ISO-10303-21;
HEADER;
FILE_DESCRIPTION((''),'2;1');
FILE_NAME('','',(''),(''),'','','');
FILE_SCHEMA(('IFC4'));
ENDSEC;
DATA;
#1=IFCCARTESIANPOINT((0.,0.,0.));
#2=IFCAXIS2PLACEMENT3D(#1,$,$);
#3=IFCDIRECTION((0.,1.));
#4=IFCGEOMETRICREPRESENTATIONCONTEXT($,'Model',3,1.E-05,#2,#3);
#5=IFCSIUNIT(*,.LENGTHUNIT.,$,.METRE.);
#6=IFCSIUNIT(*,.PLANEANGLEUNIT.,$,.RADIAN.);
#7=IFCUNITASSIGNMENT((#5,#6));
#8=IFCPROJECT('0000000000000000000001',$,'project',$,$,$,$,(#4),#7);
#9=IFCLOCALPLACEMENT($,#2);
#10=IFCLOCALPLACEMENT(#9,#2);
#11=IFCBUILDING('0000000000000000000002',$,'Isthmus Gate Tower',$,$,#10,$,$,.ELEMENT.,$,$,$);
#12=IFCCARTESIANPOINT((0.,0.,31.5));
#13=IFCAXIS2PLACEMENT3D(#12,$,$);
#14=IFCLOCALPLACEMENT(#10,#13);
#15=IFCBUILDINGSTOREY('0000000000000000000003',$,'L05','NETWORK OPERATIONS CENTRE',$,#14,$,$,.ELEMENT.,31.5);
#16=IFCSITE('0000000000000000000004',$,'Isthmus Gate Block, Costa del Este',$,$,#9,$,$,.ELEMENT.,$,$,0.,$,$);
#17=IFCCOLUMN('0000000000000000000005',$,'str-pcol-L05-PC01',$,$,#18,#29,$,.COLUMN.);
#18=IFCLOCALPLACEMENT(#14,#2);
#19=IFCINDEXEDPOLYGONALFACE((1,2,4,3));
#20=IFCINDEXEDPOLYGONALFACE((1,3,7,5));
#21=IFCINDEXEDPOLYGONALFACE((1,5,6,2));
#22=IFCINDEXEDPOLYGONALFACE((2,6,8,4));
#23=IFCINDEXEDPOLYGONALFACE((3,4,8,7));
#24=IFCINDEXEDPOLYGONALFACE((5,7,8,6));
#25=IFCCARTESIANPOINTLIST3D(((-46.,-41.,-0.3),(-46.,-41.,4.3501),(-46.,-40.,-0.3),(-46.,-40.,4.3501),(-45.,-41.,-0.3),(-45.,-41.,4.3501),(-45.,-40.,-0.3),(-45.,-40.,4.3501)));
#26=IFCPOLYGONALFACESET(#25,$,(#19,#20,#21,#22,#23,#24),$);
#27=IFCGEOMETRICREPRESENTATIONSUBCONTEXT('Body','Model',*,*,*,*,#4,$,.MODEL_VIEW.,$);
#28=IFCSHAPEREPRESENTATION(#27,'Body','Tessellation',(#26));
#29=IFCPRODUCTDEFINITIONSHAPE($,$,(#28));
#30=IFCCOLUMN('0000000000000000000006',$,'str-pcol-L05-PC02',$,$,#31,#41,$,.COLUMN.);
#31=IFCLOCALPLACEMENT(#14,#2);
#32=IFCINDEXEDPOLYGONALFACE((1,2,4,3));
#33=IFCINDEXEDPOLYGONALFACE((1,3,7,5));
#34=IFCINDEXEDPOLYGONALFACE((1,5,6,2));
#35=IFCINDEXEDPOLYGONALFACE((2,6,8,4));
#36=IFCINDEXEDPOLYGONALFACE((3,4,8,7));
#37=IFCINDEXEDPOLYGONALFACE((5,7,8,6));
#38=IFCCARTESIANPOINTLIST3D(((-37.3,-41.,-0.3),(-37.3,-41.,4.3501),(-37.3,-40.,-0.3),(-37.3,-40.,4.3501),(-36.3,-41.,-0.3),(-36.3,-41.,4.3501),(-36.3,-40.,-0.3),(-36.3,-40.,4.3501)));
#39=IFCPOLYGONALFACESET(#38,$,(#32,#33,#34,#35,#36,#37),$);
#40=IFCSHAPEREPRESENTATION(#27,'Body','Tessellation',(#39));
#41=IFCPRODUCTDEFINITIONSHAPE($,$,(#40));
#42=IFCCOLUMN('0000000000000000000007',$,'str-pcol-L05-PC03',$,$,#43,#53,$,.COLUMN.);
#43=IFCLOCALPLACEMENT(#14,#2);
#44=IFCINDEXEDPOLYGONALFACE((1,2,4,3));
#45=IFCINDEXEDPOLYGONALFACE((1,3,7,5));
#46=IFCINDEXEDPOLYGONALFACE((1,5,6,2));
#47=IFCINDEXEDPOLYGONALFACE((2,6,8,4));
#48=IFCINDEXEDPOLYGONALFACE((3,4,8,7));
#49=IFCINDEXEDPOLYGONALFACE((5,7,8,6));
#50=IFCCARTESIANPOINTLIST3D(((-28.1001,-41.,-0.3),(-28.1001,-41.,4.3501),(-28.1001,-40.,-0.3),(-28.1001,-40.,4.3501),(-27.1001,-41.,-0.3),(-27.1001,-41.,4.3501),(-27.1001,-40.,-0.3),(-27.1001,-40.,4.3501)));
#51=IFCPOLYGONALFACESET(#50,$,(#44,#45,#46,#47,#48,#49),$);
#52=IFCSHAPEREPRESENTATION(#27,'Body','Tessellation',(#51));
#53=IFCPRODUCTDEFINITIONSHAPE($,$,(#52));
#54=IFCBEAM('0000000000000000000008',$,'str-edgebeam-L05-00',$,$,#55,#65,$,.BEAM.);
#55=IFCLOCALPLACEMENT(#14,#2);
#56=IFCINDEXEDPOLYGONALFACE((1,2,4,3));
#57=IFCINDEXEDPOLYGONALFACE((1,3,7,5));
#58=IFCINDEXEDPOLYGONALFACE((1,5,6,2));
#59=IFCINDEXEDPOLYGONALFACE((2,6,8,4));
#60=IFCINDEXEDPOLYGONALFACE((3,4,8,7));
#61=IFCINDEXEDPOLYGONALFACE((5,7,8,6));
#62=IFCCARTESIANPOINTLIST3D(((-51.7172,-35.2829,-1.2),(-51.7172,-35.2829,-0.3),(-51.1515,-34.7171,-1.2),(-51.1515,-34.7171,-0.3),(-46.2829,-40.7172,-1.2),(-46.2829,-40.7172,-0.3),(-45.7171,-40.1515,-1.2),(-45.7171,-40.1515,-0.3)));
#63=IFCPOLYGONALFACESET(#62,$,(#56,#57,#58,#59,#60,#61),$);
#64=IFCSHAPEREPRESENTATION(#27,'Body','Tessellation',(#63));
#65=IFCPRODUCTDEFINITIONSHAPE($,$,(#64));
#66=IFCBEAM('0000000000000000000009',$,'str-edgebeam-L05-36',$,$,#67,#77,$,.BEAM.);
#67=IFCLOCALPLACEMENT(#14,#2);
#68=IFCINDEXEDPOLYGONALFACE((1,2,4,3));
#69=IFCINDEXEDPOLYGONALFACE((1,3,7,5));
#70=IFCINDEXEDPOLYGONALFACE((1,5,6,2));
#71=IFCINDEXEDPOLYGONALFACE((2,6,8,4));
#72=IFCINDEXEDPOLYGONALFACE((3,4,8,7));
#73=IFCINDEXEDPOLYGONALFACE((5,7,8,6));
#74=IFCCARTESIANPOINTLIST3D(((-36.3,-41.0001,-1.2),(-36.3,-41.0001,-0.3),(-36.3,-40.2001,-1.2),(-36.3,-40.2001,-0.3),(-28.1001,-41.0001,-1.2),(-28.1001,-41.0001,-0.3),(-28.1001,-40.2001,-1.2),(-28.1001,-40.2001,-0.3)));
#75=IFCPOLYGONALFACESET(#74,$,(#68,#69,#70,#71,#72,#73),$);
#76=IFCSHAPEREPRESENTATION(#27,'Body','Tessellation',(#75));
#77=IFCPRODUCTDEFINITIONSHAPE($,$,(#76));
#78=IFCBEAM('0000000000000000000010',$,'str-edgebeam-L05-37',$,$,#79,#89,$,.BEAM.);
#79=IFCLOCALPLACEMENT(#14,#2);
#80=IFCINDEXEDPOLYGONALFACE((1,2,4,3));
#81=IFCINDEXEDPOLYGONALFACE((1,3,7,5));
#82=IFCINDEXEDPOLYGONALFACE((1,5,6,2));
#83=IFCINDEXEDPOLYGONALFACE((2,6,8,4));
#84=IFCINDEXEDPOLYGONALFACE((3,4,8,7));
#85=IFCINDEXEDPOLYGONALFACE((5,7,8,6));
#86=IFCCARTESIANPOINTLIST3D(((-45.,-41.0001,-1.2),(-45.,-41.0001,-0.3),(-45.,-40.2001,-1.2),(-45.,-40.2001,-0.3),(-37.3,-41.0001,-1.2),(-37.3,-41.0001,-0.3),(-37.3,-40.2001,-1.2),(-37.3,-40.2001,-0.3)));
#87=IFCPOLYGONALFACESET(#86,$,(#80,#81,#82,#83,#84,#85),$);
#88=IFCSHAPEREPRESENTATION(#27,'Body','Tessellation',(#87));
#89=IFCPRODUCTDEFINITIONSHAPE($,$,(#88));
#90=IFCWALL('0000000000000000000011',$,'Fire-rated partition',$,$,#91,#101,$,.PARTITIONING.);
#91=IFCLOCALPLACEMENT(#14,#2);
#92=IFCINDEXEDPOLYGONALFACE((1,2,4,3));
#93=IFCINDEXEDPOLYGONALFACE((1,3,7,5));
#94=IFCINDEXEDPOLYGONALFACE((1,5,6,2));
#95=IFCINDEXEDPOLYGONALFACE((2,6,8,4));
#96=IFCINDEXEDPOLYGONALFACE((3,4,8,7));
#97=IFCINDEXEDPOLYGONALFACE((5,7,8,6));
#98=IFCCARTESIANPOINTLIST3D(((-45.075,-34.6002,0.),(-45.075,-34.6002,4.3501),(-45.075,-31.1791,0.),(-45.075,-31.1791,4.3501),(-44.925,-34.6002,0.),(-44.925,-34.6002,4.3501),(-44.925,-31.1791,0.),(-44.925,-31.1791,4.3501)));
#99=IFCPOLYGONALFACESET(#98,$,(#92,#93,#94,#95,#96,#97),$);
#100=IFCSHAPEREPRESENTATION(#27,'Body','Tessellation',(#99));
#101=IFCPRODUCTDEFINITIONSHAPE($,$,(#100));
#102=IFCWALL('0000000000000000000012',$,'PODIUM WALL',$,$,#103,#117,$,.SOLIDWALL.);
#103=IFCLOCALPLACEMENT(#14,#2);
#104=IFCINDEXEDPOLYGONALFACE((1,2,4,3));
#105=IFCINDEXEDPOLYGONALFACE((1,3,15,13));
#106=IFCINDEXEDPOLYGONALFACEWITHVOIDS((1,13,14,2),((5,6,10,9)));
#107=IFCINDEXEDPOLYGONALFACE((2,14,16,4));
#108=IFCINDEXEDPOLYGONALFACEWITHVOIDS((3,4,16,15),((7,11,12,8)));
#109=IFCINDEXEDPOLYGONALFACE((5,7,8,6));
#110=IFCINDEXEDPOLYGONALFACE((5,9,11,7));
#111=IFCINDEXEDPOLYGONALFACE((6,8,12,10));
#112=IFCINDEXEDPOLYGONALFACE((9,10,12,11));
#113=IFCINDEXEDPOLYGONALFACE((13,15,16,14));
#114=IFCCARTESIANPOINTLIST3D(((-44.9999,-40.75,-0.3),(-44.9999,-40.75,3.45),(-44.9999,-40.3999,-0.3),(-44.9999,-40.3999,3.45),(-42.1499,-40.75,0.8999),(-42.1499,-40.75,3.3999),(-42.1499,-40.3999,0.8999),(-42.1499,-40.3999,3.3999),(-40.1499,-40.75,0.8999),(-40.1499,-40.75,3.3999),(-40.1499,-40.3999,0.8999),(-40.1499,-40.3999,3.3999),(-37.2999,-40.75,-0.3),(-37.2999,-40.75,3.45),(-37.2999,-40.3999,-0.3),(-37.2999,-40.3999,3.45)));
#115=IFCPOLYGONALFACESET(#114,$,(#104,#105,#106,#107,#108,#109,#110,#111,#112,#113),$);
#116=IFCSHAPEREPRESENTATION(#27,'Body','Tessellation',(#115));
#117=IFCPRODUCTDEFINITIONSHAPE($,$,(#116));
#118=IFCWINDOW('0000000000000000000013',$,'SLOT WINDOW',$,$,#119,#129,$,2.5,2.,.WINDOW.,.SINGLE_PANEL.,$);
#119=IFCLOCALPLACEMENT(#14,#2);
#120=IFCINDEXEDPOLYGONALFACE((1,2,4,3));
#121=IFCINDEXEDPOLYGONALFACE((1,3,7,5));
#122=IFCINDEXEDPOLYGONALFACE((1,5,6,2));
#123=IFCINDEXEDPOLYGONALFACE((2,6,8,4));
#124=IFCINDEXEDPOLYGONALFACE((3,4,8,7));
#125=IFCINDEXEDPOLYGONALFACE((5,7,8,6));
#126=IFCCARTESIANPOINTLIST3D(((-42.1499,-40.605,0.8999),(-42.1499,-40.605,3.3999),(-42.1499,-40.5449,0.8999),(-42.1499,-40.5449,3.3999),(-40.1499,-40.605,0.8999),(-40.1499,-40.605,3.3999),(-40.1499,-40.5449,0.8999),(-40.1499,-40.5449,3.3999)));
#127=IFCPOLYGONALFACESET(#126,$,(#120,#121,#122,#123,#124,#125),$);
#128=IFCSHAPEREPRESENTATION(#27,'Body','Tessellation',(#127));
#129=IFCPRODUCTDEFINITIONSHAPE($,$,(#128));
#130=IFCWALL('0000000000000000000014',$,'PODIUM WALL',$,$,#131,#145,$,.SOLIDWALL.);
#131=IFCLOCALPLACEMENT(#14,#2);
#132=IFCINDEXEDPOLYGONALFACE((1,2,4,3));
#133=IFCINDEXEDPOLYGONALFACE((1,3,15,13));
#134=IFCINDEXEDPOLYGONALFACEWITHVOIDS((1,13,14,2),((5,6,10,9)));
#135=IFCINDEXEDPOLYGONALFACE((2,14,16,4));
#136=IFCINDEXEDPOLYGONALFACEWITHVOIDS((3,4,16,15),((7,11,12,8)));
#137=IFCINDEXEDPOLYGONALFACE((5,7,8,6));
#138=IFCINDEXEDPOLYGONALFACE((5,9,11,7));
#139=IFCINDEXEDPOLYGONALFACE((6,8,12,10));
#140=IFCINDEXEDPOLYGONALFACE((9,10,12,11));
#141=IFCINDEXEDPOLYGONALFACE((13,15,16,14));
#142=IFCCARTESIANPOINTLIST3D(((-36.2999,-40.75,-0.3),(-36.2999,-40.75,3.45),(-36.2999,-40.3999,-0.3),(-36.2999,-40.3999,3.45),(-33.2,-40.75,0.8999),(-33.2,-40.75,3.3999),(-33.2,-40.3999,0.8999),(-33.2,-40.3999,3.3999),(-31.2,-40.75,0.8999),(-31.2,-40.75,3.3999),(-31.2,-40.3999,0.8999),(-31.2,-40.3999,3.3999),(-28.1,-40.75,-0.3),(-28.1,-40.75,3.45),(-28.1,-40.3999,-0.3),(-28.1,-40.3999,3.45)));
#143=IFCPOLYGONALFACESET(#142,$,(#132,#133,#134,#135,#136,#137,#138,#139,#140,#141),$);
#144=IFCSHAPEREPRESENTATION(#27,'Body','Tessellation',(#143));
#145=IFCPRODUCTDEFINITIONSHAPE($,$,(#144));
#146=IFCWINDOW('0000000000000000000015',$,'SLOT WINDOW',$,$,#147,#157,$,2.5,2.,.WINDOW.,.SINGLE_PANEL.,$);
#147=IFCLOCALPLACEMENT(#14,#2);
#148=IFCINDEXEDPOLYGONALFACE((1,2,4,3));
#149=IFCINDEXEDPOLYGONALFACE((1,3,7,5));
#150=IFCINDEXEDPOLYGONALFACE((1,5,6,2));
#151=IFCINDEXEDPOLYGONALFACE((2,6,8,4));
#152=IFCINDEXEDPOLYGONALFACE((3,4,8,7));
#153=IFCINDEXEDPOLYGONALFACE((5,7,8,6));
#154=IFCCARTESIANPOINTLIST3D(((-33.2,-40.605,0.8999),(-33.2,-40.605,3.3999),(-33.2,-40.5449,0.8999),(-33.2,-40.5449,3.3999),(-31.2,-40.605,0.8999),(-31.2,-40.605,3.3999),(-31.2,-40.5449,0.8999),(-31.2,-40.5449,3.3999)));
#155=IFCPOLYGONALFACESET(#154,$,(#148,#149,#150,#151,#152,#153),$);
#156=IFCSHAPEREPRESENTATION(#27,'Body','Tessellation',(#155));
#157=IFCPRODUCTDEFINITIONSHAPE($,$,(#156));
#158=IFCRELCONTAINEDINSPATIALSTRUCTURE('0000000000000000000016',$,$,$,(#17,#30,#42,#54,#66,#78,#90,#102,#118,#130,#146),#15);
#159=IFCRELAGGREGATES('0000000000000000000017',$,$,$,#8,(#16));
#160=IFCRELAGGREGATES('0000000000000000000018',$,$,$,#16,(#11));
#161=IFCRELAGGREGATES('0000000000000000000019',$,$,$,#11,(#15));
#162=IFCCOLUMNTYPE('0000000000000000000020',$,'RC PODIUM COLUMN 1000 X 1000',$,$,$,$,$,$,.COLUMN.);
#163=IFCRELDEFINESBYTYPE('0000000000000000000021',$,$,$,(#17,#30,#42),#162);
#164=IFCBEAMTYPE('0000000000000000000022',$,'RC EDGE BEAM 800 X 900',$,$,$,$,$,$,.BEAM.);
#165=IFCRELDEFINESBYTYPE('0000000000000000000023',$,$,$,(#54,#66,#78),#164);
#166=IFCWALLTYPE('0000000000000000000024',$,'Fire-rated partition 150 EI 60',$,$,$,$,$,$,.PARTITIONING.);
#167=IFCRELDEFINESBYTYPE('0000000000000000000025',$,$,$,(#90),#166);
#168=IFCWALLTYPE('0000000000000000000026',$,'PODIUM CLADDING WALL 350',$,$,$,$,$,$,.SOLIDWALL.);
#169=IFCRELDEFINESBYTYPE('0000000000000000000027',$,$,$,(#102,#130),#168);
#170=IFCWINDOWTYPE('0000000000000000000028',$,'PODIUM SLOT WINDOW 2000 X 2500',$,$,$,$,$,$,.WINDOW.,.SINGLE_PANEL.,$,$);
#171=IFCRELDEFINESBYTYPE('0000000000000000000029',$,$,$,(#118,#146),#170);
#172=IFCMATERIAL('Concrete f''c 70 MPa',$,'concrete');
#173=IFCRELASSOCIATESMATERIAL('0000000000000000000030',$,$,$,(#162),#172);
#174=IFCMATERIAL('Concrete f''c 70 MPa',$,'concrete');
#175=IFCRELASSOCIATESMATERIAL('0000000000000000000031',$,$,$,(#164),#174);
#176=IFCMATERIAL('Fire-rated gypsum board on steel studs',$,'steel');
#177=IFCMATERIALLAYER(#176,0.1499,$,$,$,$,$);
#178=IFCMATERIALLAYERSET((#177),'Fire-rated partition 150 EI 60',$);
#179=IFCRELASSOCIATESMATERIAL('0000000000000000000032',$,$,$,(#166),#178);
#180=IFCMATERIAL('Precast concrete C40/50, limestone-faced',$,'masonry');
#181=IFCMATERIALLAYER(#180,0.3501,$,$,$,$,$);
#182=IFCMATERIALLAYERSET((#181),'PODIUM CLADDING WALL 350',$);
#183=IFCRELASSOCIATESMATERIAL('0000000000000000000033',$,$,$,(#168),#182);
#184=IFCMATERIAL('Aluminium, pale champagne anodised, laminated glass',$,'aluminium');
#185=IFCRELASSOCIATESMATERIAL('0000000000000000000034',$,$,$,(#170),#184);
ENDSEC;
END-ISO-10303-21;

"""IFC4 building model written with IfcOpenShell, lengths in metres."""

from ifc_helpers import new_model, si_unit, direction, frame, frame_2d, origin, origin_2d, place, context, subcontext, project, spatial, rectangle, extrude, material, layer, layer_set, material_profile, profile_set, type_object, element, fill, save


model = new_model("IFC4")

# Units and contexts
model_context = context("Model", 3, precision=1e-05, world=origin(), true_north=direction((0.0, 1.0)))
body_context = subcontext(model_context, "Body", "Model", "MODEL_VIEW")
ifc_project = project(units=[si_unit("LENGTHUNIT", "METRE"), si_unit("PLANEANGLEUNIT", "RADIAN")], contexts=[model_context])

# Site, building, storey
site_placement = place(None, origin())
site = spatial("IfcSite", under=ifc_project, at=site_placement, Name="Isthmus Gate Block, Costa del Este", CompositionType="ELEMENT", RefElevation=0.0)
building_placement = place(site_placement, origin())
building = spatial("IfcBuilding", under=site, at=building_placement, Name="Isthmus Gate Tower", CompositionType="ELEMENT")
storey_placement = place(building_placement, frame((0.0, 0.0, 31.5)))
storey = spatial("IfcBuildingStorey", under=building, at=storey_placement, Name="L05", Description="NETWORK OPERATIONS CENTRE", CompositionType="ELEMENT", Elevation=31.5)

# Columns
ifc_material_1 = material(Name="Concrete f'c 70 MPa", Category="concrete")
ifc_material_profile_1 = material_profile(ifc_material_1, rectangle(XDim=1.0, YDim=1.0, at=origin_2d()), Name="RC 1000X1000")
ifc_profile_set_1 = profile_set([ifc_material_profile_1], Name="Concrete f'c 70 MPa")
column_type = type_object("IfcColumnType", Name="RC PODIUM COLUMN 1000 X 1000", PredefinedType="COLUMN", material=ifc_profile_set_1)
for number, where, z_axis, x_axis, name in (
    (1, (-45.5, -40.5, -0.3), (0.0, 0.0, 1.0), (1.0, 0.0, 0.0), "str-pcol-L05-PC01"),
    (2, (-36.8, -40.5, -0.3), (0.0, 0.0, 1.0), (1.0, 0.0, 0.0), "str-pcol-L05-PC02"),
    (3, (-27.6001, -40.5, -0.3), (0.0, 0.0, 1.0), (1.0, 0.0, 0.0), "str-pcol-L05-PC03"),
):
    element("IfcColumn", number, at=place(storey_placement, frame(where, z_axis=z_axis, x_axis=x_axis)), inside=storey, type_object=column_type, Name=name, PredefinedType="COLUMN", context=body_context, shape_type="SweptSolid", body=[
        extrude(rectangle(XDim=1.0, YDim=1.0, at=origin_2d()), origin(), (0.0, 0.0, 1.0), 4.6501),
    ])

# Beams
ifc_material_2 = material(Name="Concrete f'c 70 MPa", Category="concrete")
ifc_material_profile_2 = material_profile(ifc_material_2, rectangle(XDim=0.8, YDim=0.8999, at=origin_2d()), Name="RC 800X900")
ifc_profile_set_2 = profile_set([ifc_material_profile_2], Name="Concrete f'c 70 MPa")
beam_type = type_object("IfcBeamType", Name="RC EDGE BEAM 800 X 900", PredefinedType="BEAM", material=ifc_profile_set_2)
beam_1_placement = place(storey_placement, frame((-46.0, -40.4343, -0.75), z_axis=(-0.707107, 0.707107, 0.0), x_axis=(-0.707107, -0.707107, 0.0)))
element("IfcBeam", 4, at=beam_1_placement, inside=storey, type_object=beam_type, Name="str-edgebeam-L05-00", PredefinedType="BEAM", context=body_context, shape_type="SweptSolid", body=[
    extrude(rectangle(XDim=0.8, YDim=0.8999, at=origin_2d()), origin(), (0.0, 0.0, 1.0), 7.6853),
])
beam_2_placement = place(storey_placement, frame((-28.1001, -40.6001, -0.75), z_axis=(-1.0, 0.0, 0.0), x_axis=(0.0, -1.0, 0.0)))
element("IfcBeam", 5, at=beam_2_placement, inside=storey, type_object=beam_type, Name="str-edgebeam-L05-36", PredefinedType="BEAM", context=body_context, shape_type="SweptSolid", body=[
    extrude(rectangle(XDim=0.8, YDim=0.8999, at=origin_2d()), origin(), (0.0, 0.0, 1.0), 8.2),
])
beam_3_placement = place(storey_placement, frame((-37.3, -40.6001, -0.75), z_axis=(-1.0, 0.0, 0.0), x_axis=(0.0, -1.0, 0.0)))
element("IfcBeam", 6, at=beam_3_placement, inside=storey, type_object=beam_type, Name="str-edgebeam-L05-37", PredefinedType="BEAM", context=body_context, shape_type="SweptSolid", body=[
    extrude(rectangle(XDim=0.8, YDim=0.8999, at=origin_2d()), origin(), (0.0, 0.0, 1.0), 7.7),
])

# Wall
ifc_material_3 = material(Name="Fire-rated gypsum board on steel studs", Category="steel")
ifc_layer_1 = layer(ifc_material_3, 0.1499)
ifc_layer_set_1 = layer_set([ifc_layer_1], Name="Fire-rated partition 150 EI 60")
wall_type_1 = type_object("IfcWallType", Name="Fire-rated partition 150 EI 60", PredefinedType="PARTITIONING", material=ifc_layer_set_1)
wall_1_placement = place(storey_placement, frame((-45.0, -34.6001, 0.0), z_axis=(0.0, 0.0, 1.0), x_axis=(0.0, 1.0, 0.0)))
element("IfcWall", 7, at=wall_1_placement, inside=storey, type_object=wall_type_1, Name="Fire-rated partition", PredefinedType="PARTITIONING", context=body_context, shape_type="SweptSolid", body=[
    extrude(rectangle(XDim=3.4211, YDim=0.1499, at=frame_2d((1.7104, 0.0))), origin(), (0.0, 0.0, 1.0), 4.3501),
])

# Walls, openings, windows
ifc_material_4 = material(Name="Precast concrete C40/50, limestone-faced", Category="masonry")
ifc_layer_2 = layer(ifc_material_4, 0.3501)
ifc_layer_set_2 = layer_set([ifc_layer_2], Name="PODIUM CLADDING WALL 350")
wall_type_2 = type_object("IfcWallType", Name="PODIUM CLADDING WALL 350", PredefinedType="SOLIDWALL", material=ifc_layer_set_2)
wall_2_placement = place(storey_placement, frame((-45.0, -40.575, -0.3), z_axis=(0.0, 0.0, 1.0), x_axis=(1.0, 0.0, 0.0)))
wall_2 = element("IfcWall", 8, at=wall_2_placement, inside=storey, type_object=wall_type_2, Name="PODIUM WALL", PredefinedType="SOLIDWALL", context=body_context, shape_type="SweptSolid", body=[
    extrude(rectangle(XDim=7.7, YDim=0.3501, at=frame_2d((3.8501, 0.0))), origin(), (0.0, 0.0, 1.0), 3.75),
])
opening_1_placement = place(wall_2_placement, frame((2.8501, 0.0, 1.2)))
opening_1 = element("IfcOpeningElement", 9, at=opening_1_placement, cuts=wall_2, PredefinedType="OPENING", context=body_context, shape_type="SweptSolid", body=[
    extrude(rectangle(XDim=2.0, YDim=2.5, at=frame_2d((1.0, 1.25))), frame((0.0, 0.1851, 0.0), z_axis=(0.0, -1.0, 0.0), x_axis=(1.0, 0.0, 0.0)), (0.0, 0.0, 1.0), 0.3701),
])
ifc_material_5 = material(Name="Aluminium, pale champagne anodised, laminated glass", Category="aluminium")
window_type = type_object("IfcWindowType", Name="PODIUM SLOT WINDOW 2000 X 2500", PartitioningType="SINGLE_PANEL", PredefinedType="WINDOW", material=ifc_material_5)
window_1_placement = place(opening_1_placement, origin())
window_1 = element("IfcWindow", 10, at=window_1_placement, inside=storey, type_object=window_type, Name="SLOT WINDOW", OverallHeight=2.5, OverallWidth=2.0, PartitioningType="SINGLE_PANEL", PredefinedType="WINDOW", context=body_context, shape_type="SweptSolid", body=[
    extrude(rectangle(XDim=2.0, YDim=2.5, at=frame_2d((1.0, 1.25))), frame((0.0, 0.03, 0.0), z_axis=(0.0, -1.0, 0.0), x_axis=(1.0, 0.0, 0.0)), (0.0, 0.0, 1.0), 0.0601),
])
fill(opening_1, window_1)
wall_3_placement = place(storey_placement, frame((-36.3, -40.575, -0.3), z_axis=(0.0, 0.0, 1.0), x_axis=(1.0, 0.0, 0.0)))
wall_3 = element("IfcWall", 11, at=wall_3_placement, inside=storey, type_object=wall_type_2, Name="PODIUM WALL", PredefinedType="SOLIDWALL", context=body_context, shape_type="SweptSolid", body=[
    extrude(rectangle(XDim=8.2, YDim=0.3501, at=frame_2d((4.1001, 0.0))), origin(), (0.0, 0.0, 1.0), 3.75),
])
opening_2_placement = place(wall_3_placement, frame((3.1001, 0.0, 1.2)))
opening_2 = element("IfcOpeningElement", 12, at=opening_2_placement, cuts=wall_3, PredefinedType="OPENING", context=body_context, shape_type="SweptSolid", body=[
    extrude(rectangle(XDim=2.0, YDim=2.5, at=frame_2d((1.0, 1.25))), frame((0.0, 0.1851, 0.0), z_axis=(0.0, -1.0, 0.0), x_axis=(1.0, 0.0, 0.0)), (0.0, 0.0, 1.0), 0.3701),
])
window_2_placement = place(opening_2_placement, origin())
window_2 = element("IfcWindow", 13, at=window_2_placement, inside=storey, type_object=window_type, Name="SLOT WINDOW", OverallHeight=2.5, OverallWidth=2.0, PartitioningType="SINGLE_PANEL", PredefinedType="WINDOW", context=body_context, shape_type="SweptSolid", body=[
    extrude(rectangle(XDim=2.0, YDim=2.5, at=frame_2d((1.0, 1.25))), frame((0.0, 0.03, 0.0), z_axis=(0.0, -1.0, 0.0), x_axis=(1.0, 0.0, 0.0)), (0.0, 0.0, 1.0), 0.0601),
])
fill(opening_2, window_2)

save(model, "model.ifc")
